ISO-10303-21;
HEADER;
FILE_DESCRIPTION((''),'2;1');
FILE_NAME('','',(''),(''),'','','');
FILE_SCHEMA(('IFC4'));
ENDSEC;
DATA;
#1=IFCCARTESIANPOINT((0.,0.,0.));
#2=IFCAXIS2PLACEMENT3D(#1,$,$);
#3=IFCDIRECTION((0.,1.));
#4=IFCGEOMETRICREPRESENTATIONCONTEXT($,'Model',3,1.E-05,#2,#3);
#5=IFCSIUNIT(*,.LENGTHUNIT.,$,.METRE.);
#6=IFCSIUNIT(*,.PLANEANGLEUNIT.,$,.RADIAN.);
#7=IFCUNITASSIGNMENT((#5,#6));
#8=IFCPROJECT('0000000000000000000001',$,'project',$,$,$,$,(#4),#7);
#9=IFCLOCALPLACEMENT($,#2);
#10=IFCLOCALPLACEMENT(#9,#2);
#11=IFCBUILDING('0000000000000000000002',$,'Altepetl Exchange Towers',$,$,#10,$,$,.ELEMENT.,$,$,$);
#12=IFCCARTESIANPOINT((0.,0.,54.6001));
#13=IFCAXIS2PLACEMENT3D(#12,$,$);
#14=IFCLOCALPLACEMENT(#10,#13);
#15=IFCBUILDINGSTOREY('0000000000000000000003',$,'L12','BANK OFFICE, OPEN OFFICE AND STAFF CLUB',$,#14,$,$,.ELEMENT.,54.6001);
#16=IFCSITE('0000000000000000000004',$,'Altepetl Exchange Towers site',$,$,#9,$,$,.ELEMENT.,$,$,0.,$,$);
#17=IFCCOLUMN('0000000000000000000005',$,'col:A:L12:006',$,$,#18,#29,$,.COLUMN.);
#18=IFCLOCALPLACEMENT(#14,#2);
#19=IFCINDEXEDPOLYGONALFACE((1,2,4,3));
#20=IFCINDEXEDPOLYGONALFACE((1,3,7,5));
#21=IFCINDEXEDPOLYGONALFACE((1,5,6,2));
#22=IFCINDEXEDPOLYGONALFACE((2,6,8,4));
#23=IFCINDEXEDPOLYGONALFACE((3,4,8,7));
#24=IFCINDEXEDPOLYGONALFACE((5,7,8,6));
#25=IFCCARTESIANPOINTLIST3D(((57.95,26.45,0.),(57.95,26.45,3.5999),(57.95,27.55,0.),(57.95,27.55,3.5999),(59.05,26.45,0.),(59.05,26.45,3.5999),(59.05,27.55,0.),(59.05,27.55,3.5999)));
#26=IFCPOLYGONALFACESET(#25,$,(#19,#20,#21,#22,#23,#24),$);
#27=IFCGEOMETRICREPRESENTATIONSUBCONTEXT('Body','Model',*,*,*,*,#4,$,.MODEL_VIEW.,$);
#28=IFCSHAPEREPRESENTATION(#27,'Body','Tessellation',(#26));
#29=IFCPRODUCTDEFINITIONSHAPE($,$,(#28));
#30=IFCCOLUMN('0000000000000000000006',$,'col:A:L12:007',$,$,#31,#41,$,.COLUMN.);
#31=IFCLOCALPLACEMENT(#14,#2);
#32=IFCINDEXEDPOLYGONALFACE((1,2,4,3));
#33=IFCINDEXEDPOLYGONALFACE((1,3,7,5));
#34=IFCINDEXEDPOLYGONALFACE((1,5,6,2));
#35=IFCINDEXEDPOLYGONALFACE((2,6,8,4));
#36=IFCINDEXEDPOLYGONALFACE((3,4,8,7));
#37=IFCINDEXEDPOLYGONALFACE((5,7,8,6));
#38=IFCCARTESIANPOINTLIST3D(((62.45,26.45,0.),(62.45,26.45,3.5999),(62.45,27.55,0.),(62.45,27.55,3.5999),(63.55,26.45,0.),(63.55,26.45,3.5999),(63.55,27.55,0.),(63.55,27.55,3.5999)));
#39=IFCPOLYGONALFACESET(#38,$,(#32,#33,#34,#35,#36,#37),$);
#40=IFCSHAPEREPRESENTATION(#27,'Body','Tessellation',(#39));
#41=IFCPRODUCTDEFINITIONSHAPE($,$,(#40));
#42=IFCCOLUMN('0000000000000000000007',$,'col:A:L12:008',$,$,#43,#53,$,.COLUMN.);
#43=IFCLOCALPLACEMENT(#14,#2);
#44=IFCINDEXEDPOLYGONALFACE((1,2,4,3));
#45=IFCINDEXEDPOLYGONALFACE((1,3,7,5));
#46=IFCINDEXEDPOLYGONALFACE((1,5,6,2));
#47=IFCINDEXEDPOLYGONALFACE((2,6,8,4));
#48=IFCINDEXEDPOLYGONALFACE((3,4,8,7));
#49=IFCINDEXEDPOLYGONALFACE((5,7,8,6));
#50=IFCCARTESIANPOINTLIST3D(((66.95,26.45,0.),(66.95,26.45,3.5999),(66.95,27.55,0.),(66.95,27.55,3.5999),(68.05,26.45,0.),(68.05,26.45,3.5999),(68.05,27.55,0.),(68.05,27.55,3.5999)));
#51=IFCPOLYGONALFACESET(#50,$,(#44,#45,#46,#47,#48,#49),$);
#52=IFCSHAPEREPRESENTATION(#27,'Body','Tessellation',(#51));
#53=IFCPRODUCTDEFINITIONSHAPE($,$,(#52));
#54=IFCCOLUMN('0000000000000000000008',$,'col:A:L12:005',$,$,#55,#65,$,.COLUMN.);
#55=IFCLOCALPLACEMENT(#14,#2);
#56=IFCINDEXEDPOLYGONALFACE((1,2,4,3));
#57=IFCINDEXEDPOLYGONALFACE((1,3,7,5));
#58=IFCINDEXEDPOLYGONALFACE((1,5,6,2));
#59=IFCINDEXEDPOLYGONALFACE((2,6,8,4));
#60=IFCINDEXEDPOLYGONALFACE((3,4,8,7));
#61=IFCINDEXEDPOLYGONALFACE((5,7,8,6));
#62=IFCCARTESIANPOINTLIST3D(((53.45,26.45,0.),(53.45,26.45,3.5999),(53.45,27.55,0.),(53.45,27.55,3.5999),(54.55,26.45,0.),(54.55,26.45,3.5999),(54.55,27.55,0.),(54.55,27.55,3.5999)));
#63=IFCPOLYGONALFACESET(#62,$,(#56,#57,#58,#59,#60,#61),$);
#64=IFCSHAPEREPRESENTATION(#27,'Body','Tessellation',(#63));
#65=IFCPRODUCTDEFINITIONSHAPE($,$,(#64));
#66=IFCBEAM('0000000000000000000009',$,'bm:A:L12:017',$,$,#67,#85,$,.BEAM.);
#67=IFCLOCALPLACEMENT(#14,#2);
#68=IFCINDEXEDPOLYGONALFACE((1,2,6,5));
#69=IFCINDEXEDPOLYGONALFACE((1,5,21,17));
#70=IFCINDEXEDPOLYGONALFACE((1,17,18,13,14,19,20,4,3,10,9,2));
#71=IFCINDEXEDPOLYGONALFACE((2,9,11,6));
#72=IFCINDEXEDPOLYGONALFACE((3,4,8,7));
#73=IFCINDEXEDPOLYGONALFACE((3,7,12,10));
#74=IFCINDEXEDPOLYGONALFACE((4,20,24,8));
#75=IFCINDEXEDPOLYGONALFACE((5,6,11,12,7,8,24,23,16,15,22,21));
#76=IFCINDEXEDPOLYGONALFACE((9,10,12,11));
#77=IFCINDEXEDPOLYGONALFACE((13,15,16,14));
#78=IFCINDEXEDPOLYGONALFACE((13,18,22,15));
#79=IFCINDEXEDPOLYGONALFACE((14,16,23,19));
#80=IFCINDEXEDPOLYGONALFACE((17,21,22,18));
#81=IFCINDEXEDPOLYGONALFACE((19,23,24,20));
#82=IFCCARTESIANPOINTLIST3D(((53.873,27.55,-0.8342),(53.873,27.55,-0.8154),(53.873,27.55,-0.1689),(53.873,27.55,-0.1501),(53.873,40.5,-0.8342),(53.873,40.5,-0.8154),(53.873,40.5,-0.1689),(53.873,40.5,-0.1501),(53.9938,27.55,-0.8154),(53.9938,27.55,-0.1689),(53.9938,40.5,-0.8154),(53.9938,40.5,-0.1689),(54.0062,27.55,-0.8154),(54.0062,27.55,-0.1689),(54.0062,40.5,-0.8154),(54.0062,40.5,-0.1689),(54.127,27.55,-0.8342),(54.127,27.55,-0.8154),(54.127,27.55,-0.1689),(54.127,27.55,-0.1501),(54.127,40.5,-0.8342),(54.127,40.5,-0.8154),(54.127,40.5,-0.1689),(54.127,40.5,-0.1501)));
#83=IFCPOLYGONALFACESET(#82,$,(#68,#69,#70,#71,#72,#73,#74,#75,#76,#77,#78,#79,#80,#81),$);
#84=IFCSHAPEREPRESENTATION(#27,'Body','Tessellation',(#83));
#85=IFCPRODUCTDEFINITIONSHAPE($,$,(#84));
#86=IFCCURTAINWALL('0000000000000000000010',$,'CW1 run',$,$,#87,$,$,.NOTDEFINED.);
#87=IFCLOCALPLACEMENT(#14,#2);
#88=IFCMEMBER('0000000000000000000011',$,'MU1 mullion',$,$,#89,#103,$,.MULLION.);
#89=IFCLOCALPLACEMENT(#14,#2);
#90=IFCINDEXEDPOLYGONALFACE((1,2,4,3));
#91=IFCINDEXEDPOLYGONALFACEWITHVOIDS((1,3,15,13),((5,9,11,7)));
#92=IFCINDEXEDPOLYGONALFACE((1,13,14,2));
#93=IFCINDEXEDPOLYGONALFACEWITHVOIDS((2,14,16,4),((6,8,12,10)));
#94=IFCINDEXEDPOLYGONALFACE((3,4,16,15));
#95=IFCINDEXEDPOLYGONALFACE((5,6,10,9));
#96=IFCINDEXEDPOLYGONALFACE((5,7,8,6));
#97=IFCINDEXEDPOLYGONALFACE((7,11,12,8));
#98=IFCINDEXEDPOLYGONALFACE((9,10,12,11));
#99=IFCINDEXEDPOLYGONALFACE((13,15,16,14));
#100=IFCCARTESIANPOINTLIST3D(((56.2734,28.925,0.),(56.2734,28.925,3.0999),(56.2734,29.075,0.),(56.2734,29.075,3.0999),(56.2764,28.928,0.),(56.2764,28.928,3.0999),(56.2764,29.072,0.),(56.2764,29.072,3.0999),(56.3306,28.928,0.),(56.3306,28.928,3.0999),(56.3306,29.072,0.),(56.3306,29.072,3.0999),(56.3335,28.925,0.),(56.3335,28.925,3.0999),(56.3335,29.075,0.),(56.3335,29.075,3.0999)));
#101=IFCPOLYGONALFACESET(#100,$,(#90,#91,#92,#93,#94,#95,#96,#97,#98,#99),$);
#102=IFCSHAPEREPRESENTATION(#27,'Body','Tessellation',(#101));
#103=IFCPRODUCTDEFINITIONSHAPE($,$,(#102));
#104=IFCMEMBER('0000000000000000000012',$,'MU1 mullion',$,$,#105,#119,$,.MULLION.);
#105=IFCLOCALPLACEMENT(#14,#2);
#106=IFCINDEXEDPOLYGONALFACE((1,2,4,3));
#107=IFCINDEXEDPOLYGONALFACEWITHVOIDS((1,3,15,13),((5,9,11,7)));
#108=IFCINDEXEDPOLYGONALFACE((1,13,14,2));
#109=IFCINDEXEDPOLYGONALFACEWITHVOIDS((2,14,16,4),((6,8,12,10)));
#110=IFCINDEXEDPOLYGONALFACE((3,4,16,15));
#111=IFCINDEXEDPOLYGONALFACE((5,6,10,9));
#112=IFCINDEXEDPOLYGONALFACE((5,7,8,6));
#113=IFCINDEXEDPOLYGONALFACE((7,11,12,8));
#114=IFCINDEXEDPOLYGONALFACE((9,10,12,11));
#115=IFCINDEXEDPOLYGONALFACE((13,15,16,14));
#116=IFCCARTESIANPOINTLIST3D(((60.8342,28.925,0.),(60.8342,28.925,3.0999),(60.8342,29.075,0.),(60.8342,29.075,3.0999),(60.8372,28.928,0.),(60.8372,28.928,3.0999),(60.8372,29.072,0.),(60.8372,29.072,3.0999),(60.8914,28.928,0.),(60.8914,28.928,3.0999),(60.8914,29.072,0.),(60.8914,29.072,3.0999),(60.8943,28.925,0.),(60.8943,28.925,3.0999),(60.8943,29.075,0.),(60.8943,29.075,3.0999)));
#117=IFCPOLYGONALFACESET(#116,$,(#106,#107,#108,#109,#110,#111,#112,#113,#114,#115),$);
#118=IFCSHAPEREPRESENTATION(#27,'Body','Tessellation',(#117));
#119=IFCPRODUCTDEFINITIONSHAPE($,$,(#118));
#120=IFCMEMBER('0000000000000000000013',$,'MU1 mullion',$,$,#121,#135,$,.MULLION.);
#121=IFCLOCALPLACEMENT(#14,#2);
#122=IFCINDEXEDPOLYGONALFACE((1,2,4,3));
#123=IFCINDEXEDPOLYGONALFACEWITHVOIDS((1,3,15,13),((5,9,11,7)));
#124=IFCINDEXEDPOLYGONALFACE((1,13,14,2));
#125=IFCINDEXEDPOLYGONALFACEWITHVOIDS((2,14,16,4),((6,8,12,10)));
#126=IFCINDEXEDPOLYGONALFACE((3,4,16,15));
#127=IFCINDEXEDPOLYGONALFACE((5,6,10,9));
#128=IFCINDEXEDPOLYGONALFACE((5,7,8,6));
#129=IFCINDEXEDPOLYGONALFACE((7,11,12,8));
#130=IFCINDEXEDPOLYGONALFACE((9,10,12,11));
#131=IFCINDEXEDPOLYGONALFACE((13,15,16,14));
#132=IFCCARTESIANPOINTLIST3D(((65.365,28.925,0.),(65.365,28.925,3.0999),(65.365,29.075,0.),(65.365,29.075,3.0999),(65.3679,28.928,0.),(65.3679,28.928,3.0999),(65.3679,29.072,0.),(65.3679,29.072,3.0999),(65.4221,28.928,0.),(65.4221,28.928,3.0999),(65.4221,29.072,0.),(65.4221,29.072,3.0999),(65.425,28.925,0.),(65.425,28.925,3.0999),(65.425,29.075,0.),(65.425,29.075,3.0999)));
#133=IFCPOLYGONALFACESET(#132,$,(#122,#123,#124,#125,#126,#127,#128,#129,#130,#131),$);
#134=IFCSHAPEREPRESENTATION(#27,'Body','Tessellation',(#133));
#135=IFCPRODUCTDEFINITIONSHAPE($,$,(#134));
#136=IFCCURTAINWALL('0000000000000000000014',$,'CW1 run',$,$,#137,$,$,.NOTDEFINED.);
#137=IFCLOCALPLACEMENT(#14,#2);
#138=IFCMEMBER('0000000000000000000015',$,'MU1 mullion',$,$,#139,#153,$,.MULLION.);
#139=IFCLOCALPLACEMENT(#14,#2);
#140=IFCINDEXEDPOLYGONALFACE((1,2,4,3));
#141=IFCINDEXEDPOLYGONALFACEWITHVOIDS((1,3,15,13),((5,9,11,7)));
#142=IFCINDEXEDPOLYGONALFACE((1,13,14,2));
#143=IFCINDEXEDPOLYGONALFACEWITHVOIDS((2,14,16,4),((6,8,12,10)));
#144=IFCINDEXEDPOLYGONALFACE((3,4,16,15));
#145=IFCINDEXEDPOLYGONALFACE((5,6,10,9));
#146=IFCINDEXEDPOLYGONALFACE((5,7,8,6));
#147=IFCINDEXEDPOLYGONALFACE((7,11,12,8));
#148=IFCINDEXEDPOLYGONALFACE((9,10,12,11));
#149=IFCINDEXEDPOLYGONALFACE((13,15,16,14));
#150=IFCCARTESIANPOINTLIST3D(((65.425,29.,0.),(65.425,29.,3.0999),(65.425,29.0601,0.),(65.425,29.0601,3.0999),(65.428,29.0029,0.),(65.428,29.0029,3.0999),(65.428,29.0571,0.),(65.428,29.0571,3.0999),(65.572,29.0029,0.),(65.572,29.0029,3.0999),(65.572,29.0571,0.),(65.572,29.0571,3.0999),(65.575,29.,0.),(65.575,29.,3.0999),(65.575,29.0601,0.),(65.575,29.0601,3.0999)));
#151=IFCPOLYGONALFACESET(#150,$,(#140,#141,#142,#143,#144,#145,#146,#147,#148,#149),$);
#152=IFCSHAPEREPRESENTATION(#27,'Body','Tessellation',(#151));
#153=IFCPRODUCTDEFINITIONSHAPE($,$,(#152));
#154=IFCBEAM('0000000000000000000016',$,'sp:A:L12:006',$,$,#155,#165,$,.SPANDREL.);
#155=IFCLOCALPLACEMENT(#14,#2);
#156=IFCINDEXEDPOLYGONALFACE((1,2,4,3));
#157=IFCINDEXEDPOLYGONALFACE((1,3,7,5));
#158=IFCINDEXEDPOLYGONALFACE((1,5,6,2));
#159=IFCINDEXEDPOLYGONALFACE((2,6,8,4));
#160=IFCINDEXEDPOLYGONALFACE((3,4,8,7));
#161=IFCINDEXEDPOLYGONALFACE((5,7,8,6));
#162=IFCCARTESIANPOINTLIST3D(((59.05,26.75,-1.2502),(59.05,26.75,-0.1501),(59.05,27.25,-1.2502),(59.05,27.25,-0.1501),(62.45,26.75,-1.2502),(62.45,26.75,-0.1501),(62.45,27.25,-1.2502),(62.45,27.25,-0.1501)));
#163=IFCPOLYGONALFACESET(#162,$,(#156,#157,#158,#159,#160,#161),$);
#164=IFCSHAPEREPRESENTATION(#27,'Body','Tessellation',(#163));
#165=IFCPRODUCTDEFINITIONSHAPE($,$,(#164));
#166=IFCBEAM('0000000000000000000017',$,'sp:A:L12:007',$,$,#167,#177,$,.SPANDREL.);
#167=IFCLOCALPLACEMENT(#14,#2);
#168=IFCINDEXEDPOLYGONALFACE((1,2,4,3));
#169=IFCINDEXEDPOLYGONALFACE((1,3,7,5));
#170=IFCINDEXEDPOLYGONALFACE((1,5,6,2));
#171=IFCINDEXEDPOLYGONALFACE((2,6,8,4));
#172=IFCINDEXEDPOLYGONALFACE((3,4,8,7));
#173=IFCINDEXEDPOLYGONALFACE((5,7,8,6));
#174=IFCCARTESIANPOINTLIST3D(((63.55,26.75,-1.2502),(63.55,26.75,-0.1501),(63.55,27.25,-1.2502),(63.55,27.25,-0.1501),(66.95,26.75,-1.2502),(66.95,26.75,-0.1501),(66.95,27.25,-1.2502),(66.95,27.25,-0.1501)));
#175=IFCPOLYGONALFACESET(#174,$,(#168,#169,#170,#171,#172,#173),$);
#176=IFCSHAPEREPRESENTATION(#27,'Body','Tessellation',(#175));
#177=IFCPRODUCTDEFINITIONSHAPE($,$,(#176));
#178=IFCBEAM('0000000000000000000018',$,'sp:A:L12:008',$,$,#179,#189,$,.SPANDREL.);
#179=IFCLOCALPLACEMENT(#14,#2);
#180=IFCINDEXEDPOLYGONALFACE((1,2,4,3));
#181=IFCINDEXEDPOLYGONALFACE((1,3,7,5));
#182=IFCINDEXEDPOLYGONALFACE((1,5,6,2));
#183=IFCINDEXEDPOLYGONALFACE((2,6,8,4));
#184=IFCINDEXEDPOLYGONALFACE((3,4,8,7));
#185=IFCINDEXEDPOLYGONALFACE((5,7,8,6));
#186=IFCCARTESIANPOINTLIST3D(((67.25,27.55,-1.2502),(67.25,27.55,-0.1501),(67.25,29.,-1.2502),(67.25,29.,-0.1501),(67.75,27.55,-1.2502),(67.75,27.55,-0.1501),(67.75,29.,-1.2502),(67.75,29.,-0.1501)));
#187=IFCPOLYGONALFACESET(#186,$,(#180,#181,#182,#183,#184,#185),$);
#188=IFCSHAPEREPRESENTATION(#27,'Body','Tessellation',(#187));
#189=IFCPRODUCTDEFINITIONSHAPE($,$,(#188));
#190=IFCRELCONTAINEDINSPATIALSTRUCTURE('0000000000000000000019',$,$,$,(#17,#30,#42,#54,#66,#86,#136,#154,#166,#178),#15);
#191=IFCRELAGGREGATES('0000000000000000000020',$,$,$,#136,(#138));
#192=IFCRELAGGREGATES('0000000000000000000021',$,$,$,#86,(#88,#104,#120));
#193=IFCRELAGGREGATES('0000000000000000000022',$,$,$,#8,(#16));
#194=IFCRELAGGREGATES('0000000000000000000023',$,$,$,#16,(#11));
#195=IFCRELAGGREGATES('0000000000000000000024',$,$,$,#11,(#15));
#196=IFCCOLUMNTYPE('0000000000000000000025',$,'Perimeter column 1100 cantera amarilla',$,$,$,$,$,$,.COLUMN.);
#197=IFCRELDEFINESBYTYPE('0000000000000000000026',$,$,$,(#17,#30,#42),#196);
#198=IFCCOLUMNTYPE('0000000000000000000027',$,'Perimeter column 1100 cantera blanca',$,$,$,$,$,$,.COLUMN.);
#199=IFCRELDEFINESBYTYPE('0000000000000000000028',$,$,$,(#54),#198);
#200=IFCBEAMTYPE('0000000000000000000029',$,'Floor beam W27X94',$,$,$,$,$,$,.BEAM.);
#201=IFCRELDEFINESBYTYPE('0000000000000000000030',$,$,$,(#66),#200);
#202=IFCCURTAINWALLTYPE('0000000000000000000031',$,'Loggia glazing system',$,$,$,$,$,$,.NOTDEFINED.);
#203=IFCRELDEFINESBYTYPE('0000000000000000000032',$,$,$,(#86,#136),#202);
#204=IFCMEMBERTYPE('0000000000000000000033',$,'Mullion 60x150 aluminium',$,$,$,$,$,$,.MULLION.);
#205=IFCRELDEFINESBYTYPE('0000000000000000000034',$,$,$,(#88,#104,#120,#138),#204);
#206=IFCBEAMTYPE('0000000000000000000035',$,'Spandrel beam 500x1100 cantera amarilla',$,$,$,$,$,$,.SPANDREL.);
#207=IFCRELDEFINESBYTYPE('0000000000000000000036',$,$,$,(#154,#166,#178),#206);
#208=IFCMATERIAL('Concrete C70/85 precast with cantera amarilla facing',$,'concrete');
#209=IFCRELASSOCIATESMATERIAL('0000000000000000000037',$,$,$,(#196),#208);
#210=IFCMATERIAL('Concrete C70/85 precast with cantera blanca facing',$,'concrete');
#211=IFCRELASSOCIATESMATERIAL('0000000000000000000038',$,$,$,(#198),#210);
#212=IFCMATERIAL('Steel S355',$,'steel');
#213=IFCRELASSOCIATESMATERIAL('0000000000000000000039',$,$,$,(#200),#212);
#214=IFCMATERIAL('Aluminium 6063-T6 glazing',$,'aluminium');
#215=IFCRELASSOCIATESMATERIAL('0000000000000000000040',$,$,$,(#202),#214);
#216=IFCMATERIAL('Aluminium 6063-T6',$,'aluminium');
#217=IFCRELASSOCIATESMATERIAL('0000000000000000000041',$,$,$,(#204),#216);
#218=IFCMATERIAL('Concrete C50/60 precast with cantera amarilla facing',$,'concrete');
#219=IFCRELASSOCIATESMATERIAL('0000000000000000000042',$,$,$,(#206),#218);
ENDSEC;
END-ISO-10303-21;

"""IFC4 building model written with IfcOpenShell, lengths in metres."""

from ifc_helpers import new_model, si_unit, direction, frame, origin, origin_2d, place, context, subcontext, project, spatial, rectangle, hollow_rectangle, i_section, extrude, material, material_profile, profile_set, type_object, element, aggregate, save


model = new_model("IFC4")

# Units and contexts
model_context = context("Model", 3, precision=1e-05, world=origin(), true_north=direction((0.0, 1.0)))
body_context = subcontext(model_context, "Body", "Model", "MODEL_VIEW")
ifc_project = project(units=[si_unit("LENGTHUNIT", "METRE"), si_unit("PLANEANGLEUNIT", "RADIAN")], contexts=[model_context])

# Site, building, storey
site_placement = place(None, origin())
site = spatial("IfcSite", under=ifc_project, at=site_placement, Name="Altepetl Exchange Towers site", CompositionType="ELEMENT", RefElevation=0.0)
building_placement = place(site_placement, origin())
building = spatial("IfcBuilding", under=site, at=building_placement, Name="Altepetl Exchange Towers", CompositionType="ELEMENT")
storey_placement = place(building_placement, frame((0.0, 0.0, 54.6001)))
storey = spatial("IfcBuildingStorey", under=building, at=storey_placement, Name="L12", Description="BANK OFFICE, OPEN OFFICE AND STAFF CLUB", CompositionType="ELEMENT", Elevation=54.6001)

# Columns
ifc_material_1 = material(Name="Concrete C70/85 precast with cantera amarilla facing", Category="concrete")
ifc_material_profile_1 = material_profile(ifc_material_1, rectangle(XDim=1.1001, YDim=1.1001, at=origin_2d()), Name="1100 x 1100")
ifc_profile_set_1 = profile_set([ifc_material_profile_1], Name="Concrete C70/85 precast with cantera amarilla facing")
column_type_1 = type_object("IfcColumnType", Name="Perimeter column 1100 cantera amarilla", PredefinedType="COLUMN", material=ifc_profile_set_1)
for number, where, name in (
    (1, (58.5, 27.0, 0.0), "col:A:L12:006"),
    (2, (63.0, 27.0, 0.0), "col:A:L12:007"),
    (3, (67.5, 27.0, 0.0), "col:A:L12:008"),
):
    element("IfcColumn", number, at=place(storey_placement, frame(where)), inside=storey, type_object=column_type_1, Name=name, PredefinedType="COLUMN", context=body_context, shape_type="SweptSolid", body=[
        extrude(rectangle(XDim=1.1001, YDim=1.1001, at=origin_2d()), origin(), (0.0, 0.0, 1.0), 3.5999),
    ])
ifc_material_2 = material(Name="Concrete C70/85 precast with cantera blanca facing", Category="concrete")
ifc_material_profile_2 = material_profile(ifc_material_2, rectangle(XDim=1.1001, YDim=1.1001, at=origin_2d()), Name="1100 x 1100")
ifc_profile_set_2 = profile_set([ifc_material_profile_2], Name="Concrete C70/85 precast with cantera blanca facing")
column_type_2 = type_object("IfcColumnType", Name="Perimeter column 1100 cantera blanca", PredefinedType="COLUMN", material=ifc_profile_set_2)
column_placement = place(storey_placement, frame((54.0, 27.0, 0.0)))
element("IfcColumn", 4, at=column_placement, inside=storey, type_object=column_type_2, Name="col:A:L12:005", PredefinedType="COLUMN", context=body_context, shape_type="SweptSolid", body=[
    extrude(rectangle(XDim=1.1001, YDim=1.1001, at=origin_2d()), origin(), (0.0, 0.0, 1.0), 3.5999),
])

# Beam
ifc_material_3 = material(Name="Steel S355", Category="steel")
ifc_material_profile_3 = material_profile(ifc_material_3, i_section(OverallWidth=0.2539, OverallDepth=0.6841, WebThickness=0.0125, FlangeThickness=0.0188, at=origin_2d()), Name="W27X94")
ifc_profile_set_3 = profile_set([ifc_material_profile_3], Name="Steel S355")
beam_type_1 = type_object("IfcBeamType", Name="Floor beam W27X94", PredefinedType="BEAM", material=ifc_profile_set_3)
beam_1_placement = place(storey_placement, frame((54.0, 27.55, -0.4922), z_axis=(0.0, 1.0, 0.0), x_axis=(-1.0, 0.0, 0.0)))
element("IfcBeam", 5, at=beam_1_placement, inside=storey, type_object=beam_type_1, Name="bm:A:L12:017", PredefinedType="BEAM", context=body_context, shape_type="SweptSolid", body=[
    extrude(i_section(OverallWidth=0.2539, OverallDepth=0.6841, WebThickness=0.0125, FlangeThickness=0.0188, at=origin_2d()), origin(), (0.0, 0.0, 1.0), 12.95),
])

# Curtain wall, members
ifc_material_4 = material(Name="Aluminium 6063-T6 glazing", Category="aluminium")
curtain_wall_type = type_object("IfcCurtainWallType", Name="Loggia glazing system", PredefinedType="NOTDEFINED", material=ifc_material_4)
curtain_wall_1_placement = place(storey_placement, origin())
curtain_wall_1 = element("IfcCurtainWall", 6, at=curtain_wall_1_placement, inside=storey, type_object=curtain_wall_type, Name="CW1 run", PredefinedType="NOTDEFINED")
ifc_material_5 = material(Name="Aluminium 6063-T6", Category="aluminium")
ifc_material_profile_4 = material_profile(ifc_material_5, hollow_rectangle(XDim=0.0601, YDim=0.1499, WallThickness=0.0029, at=origin_2d()), Name="Mullion 60x150 aluminium")
ifc_profile_set_4 = profile_set([ifc_material_profile_4], Name="Aluminium 6063-T6")
member_type = type_object("IfcMemberType", Name="Mullion 60x150 aluminium", PredefinedType="MULLION", material=ifc_profile_set_4)
member_1_placement = place(storey_placement, frame((56.3035, 29.0, 0.0)))
member_1 = element("IfcMember", 7, at=member_1_placement, type_object=member_type, Name="MU1 mullion", PredefinedType="MULLION", context=body_context, shape_type="SweptSolid", body=[
    extrude(hollow_rectangle(XDim=0.0601, YDim=0.1499, WallThickness=0.0029, at=origin_2d()), origin(), (0.0, 0.0, 1.0), 3.0999),
])
member_2_placement = place(storey_placement, frame((60.8643, 29.0, 0.0)))
member_2 = element("IfcMember", 8, at=member_2_placement, type_object=member_type, Name="MU1 mullion", PredefinedType="MULLION", context=body_context, shape_type="SweptSolid", body=[
    extrude(hollow_rectangle(XDim=0.0601, YDim=0.1499, WallThickness=0.0029, at=origin_2d()), origin(), (0.0, 0.0, 1.0), 3.0999),
])
member_3_placement = place(storey_placement, frame((65.395, 29.0, 0.0)))
member_3 = element("IfcMember", 9, at=member_3_placement, type_object=member_type, Name="MU1 mullion", PredefinedType="MULLION", context=body_context, shape_type="SweptSolid", body=[
    extrude(hollow_rectangle(XDim=0.0601, YDim=0.1499, WallThickness=0.0029, at=origin_2d()), origin(), (0.0, 0.0, 1.0), 3.0999),
])

# Curtain wall, member
curtain_wall_2_placement = place(storey_placement, origin())
curtain_wall_2 = element("IfcCurtainWall", 10, at=curtain_wall_2_placement, inside=storey, type_object=curtain_wall_type, Name="CW1 run", PredefinedType="NOTDEFINED")
member_4_placement = place(storey_placement, frame((65.5, 29.03, 0.0), z_axis=(0.0, 0.0, 1.0), x_axis=(0.0, 1.0, 0.0)))
member_4 = element("IfcMember", 11, at=member_4_placement, type_object=member_type, Name="MU1 mullion", PredefinedType="MULLION", context=body_context, shape_type="SweptSolid", body=[
    extrude(hollow_rectangle(XDim=0.0601, YDim=0.1499, WallThickness=0.0029, at=origin_2d()), origin(), (0.0, 0.0, 1.0), 3.0999),
])
aggregate(curtain_wall_2, [member_4])

# Beams
ifc_material_6 = material(Name="Concrete C50/60 precast with cantera amarilla facing", Category="concrete")
ifc_material_profile_5 = material_profile(ifc_material_6, rectangle(XDim=0.5, YDim=1.1001, at=origin_2d()), Name="500 x 1100")
ifc_profile_set_5 = profile_set([ifc_material_profile_5], Name="Concrete C50/60 precast with cantera amarilla facing")
beam_type_2 = type_object("IfcBeamType", Name="Spandrel beam 500x1100 cantera amarilla", PredefinedType="SPANDREL", material=ifc_profile_set_5)
for number, where, z_axis, x_axis, name in (
    (12, (59.05, 27.0, -0.7002), (1.0, 0.0, 0.0), (0.0, 1.0, 0.0), "sp:A:L12:006"),
    (13, (63.55, 27.0, -0.7002), (1.0, 0.0, 0.0), (0.0, 1.0, 0.0), "sp:A:L12:007"),
):
    element("IfcBeam", number, at=place(storey_placement, frame(where, z_axis=z_axis, x_axis=x_axis)), inside=storey, type_object=beam_type_2, Name=name, PredefinedType="SPANDREL", context=body_context, shape_type="SweptSolid", body=[
        extrude(rectangle(XDim=0.5, YDim=1.1001, at=origin_2d()), origin(), (0.0, 0.0, 1.0), 3.3999),
    ])
beam_2_placement = place(storey_placement, frame((67.5, 27.55, -0.7002), z_axis=(0.0, 1.0, 0.0), x_axis=(-1.0, 0.0, 0.0)))
element("IfcBeam", 14, at=beam_2_placement, inside=storey, type_object=beam_type_2, Name="sp:A:L12:008", PredefinedType="SPANDREL", context=body_context, shape_type="SweptSolid", body=[
    extrude(rectangle(XDim=0.5, YDim=1.1001, at=origin_2d()), origin(), (0.0, 0.0, 1.0), 1.45),
])

aggregate(curtain_wall_1, [member_1, member_2, member_3])

save(model, "model.ifc")
